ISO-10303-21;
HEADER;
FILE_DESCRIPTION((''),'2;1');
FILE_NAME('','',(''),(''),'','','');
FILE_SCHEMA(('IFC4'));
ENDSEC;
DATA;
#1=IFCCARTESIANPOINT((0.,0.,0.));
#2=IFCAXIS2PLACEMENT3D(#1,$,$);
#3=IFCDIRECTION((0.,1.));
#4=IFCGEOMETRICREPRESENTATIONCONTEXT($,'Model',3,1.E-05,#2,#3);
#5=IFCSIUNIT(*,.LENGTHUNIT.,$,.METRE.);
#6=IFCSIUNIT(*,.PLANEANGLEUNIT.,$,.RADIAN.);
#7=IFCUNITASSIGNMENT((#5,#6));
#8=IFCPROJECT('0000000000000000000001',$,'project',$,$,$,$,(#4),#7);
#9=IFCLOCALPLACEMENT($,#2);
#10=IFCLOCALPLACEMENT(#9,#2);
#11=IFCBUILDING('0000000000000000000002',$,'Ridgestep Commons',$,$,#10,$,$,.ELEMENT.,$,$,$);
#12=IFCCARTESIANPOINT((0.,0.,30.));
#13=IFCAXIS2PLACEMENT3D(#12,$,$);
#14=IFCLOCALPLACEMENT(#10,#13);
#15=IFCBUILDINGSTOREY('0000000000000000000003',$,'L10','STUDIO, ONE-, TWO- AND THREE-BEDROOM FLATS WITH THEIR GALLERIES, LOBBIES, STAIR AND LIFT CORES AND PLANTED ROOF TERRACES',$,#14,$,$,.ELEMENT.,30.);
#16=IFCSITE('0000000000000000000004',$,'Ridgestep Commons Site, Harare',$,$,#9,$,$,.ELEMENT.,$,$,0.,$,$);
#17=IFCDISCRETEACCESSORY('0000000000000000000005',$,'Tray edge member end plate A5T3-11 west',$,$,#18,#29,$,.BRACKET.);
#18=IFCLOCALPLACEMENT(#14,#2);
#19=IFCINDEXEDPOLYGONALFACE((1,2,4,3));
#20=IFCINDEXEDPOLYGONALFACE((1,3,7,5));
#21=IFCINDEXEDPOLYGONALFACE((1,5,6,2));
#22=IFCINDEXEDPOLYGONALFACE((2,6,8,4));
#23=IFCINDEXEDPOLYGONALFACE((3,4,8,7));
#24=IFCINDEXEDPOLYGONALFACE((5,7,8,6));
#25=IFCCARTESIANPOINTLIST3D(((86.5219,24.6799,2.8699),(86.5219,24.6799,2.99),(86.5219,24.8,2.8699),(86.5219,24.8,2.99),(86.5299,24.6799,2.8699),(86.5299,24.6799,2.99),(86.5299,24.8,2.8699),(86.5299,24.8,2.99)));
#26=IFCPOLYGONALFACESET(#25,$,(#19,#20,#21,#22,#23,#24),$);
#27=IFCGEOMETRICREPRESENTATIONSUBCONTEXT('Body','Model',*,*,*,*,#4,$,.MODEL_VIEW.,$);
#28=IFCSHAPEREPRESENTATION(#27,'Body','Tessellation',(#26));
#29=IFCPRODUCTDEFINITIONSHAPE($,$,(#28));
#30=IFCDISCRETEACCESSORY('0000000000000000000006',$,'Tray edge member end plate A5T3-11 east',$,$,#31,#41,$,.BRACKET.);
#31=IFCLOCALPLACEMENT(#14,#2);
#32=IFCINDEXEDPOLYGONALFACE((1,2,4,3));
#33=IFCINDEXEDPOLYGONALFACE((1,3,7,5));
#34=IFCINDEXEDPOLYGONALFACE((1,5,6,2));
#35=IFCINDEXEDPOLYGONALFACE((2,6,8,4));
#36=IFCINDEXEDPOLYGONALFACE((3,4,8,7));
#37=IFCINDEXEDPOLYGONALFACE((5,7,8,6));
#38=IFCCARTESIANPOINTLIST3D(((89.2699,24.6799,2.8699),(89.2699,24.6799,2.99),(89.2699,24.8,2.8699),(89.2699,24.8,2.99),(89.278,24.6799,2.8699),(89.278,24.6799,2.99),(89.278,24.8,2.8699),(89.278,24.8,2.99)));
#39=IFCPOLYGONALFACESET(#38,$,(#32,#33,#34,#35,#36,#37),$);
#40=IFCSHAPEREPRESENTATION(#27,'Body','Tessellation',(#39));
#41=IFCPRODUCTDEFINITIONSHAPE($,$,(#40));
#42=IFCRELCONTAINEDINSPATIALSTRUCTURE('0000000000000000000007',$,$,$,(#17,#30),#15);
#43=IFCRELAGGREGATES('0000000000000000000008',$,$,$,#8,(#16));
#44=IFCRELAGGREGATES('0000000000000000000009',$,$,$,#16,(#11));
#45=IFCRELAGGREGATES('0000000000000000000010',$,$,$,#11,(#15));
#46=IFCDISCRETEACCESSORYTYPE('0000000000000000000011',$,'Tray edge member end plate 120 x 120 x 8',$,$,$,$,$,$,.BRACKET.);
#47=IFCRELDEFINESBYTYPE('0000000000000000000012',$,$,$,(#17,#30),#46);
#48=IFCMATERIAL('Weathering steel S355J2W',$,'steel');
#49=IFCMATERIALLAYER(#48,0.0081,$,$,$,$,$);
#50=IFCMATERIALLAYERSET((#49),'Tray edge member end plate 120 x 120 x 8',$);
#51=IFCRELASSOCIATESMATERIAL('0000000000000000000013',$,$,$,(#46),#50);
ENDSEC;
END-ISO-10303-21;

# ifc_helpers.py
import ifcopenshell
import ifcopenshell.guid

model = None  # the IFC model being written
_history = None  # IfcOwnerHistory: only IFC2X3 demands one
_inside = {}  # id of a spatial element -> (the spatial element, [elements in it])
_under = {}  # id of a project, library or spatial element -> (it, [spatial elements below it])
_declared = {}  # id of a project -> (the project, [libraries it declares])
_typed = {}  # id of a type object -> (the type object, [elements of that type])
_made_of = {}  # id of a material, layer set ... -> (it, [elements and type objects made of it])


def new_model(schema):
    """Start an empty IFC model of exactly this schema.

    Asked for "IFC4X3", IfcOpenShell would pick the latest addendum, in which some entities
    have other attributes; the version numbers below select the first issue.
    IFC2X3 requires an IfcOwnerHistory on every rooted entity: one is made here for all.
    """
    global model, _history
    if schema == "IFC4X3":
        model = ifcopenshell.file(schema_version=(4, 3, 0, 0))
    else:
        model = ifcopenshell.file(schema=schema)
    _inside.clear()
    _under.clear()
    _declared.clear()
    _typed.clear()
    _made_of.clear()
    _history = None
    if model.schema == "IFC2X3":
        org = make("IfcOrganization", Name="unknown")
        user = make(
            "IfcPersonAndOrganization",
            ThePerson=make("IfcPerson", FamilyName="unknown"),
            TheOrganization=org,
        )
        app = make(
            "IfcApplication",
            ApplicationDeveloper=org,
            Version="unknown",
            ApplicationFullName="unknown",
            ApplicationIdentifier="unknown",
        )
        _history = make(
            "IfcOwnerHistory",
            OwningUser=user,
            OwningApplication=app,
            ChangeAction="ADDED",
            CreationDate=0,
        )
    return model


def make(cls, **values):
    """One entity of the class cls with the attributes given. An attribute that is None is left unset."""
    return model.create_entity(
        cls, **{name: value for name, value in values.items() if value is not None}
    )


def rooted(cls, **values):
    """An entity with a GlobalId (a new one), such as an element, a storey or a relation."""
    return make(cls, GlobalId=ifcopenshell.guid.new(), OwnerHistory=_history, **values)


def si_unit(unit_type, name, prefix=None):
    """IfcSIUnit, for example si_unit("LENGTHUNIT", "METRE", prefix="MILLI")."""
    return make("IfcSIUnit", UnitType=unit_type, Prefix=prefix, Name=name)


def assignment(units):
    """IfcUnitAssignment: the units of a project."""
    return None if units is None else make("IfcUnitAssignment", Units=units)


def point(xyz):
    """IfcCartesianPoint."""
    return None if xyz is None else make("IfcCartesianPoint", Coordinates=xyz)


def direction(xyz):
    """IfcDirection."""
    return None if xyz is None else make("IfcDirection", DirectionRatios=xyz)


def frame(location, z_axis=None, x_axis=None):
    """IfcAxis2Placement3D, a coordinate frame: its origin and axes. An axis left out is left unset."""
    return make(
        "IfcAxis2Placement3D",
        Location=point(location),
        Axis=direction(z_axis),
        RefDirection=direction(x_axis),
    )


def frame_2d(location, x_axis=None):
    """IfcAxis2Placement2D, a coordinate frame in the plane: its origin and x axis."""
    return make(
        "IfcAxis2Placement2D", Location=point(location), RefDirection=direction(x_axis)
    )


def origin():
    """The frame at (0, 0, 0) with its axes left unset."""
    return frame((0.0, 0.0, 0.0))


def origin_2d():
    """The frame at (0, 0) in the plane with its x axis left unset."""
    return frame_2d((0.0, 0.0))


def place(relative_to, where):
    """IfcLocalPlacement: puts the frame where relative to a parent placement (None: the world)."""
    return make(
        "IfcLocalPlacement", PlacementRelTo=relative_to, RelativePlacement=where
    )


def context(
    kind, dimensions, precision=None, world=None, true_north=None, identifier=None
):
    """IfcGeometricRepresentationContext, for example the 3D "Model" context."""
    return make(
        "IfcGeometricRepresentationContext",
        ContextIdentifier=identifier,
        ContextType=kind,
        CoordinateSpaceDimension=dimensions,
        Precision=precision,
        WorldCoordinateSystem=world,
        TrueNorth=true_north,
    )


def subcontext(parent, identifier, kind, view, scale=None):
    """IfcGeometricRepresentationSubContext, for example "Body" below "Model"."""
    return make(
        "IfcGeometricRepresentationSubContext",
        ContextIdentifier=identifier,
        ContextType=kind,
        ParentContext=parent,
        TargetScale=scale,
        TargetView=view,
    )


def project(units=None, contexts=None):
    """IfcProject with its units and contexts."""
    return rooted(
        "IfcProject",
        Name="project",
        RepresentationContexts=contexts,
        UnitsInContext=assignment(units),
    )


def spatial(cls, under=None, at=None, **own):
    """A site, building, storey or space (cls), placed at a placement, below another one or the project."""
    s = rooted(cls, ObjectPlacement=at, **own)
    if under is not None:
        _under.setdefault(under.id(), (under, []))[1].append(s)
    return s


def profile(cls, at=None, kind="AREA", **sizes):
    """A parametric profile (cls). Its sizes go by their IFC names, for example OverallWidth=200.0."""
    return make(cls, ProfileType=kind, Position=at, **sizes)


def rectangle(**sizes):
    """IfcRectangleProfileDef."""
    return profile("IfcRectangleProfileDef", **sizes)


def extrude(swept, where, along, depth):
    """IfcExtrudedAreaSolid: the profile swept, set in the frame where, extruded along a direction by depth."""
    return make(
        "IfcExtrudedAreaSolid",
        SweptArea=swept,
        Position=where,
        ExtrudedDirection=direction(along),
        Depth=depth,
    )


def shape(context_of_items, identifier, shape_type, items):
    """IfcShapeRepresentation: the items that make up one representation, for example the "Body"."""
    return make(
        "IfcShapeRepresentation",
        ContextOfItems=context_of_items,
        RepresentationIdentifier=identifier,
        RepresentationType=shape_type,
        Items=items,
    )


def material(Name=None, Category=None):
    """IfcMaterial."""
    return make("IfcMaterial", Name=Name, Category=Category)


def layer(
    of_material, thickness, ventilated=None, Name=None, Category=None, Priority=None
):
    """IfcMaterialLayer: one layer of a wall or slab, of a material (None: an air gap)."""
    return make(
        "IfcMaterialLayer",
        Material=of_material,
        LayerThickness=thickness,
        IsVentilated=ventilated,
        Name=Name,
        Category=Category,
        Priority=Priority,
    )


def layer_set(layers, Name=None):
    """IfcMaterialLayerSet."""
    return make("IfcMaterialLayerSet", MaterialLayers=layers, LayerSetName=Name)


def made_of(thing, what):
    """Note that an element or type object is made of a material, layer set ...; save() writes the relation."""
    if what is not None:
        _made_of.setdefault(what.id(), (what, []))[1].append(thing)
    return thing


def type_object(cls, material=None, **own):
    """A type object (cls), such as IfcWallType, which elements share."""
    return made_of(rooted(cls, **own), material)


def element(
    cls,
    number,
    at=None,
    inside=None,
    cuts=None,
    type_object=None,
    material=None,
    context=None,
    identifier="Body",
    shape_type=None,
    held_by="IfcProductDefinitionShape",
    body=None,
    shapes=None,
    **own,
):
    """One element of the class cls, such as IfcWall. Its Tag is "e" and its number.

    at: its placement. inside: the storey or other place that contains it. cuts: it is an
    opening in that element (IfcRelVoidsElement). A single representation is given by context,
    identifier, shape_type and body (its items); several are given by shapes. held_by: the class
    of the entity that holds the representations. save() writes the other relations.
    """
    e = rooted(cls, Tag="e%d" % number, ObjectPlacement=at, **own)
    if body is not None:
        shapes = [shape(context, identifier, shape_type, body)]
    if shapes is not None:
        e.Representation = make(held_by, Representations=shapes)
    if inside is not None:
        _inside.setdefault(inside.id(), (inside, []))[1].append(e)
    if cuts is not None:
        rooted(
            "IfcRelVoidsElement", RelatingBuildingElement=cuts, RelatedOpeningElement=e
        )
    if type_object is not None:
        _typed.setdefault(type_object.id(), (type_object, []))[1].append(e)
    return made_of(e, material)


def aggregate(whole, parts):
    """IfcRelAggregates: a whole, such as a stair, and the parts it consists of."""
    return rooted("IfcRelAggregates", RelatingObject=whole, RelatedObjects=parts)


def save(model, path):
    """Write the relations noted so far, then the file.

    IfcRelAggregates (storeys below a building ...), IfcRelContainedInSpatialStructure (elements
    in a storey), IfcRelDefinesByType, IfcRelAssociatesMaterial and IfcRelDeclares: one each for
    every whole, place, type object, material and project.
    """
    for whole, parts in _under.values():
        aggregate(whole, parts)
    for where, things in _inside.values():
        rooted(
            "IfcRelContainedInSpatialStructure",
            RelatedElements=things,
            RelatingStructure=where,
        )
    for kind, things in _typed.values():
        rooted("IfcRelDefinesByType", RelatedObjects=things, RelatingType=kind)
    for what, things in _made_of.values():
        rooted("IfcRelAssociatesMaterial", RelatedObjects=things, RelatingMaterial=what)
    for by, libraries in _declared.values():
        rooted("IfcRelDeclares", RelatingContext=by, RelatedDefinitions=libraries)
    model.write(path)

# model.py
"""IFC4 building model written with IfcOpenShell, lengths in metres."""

from ifc_helpers import new_model, si_unit, direction, frame, origin, origin_2d, place, context, subcontext, project, spatial, rectangle, extrude, material, layer, layer_set, type_object, element, save


model = new_model("IFC4")

# Units and contexts
model_context = context("Model", 3, precision=1e-05, world=origin(), true_north=direction((0.0, 1.0)))
body_context = subcontext(model_context, "Body", "Model", "MODEL_VIEW")
ifc_project = project(units=[si_unit("LENGTHUNIT", "METRE"), si_unit("PLANEANGLEUNIT", "RADIAN")], contexts=[model_context])

# Site, building, storey
site_placement = place(None, origin())
site = spatial("IfcSite", under=ifc_project, at=site_placement, Name="Ridgestep Commons Site, Harare", CompositionType="ELEMENT", RefElevation=0.0)
building_placement = place(site_placement, origin())
building = spatial("IfcBuilding", under=site, at=building_placement, Name="Ridgestep Commons", CompositionType="ELEMENT")
storey_placement = place(building_placement, frame((0.0, 0.0, 30.0)))
storey = spatial("IfcBuildingStorey", under=building, at=storey_placement, Name="L10", Description="STUDIO, ONE-, TWO- AND THREE-BEDROOM FLATS WITH THEIR GALLERIES, LOBBIES, STAIR AND LIFT CORES AND PLANTED ROOF TERRACES", CompositionType="ELEMENT", Elevation=30.0)

# Discrete accessories
ifc_material_1 = material(Name="Weathering steel S355J2W", Category="steel")
ifc_layer_1 = layer(ifc_material_1, 0.0081)
ifc_layer_set_1 = layer_set([ifc_layer_1], Name="Tray edge member end plate 120 x 120 x 8")
discrete_accessory_type_1 = type_object("IfcDiscreteAccessoryType", Name="Tray edge member end plate 120 x 120 x 8", PredefinedType="BRACKET", material=ifc_layer_set_1)
for number, where, z_axis, x_axis, name in (
    (1, (86.5259, 24.74, 2.8699), (0.0, 0.0, 1.0), (1.0, 0.0, 0.0), "Tray edge member end plate A5T3-11 west"),
    (2, (89.2739, 24.74, 2.8699), (0.0, 0.0, 1.0), (1.0, 0.0, 0.0), "Tray edge member end plate A5T3-11 east"),
):
    element("IfcDiscreteAccessory", number, at=place(storey_placement, frame(where, z_axis=z_axis, x_axis=x_axis)), inside=storey, type_object=discrete_accessory_type_1, Name=name, PredefinedType="BRACKET", context=body_context, shape_type="SweptSolid", body=[
        extrude(rectangle(XDim=0.0081, YDim=0.1201, at=origin_2d()), origin(), (0.0, 0.0, 1.0), 0.1201),
    ])

save(model, "model.ifc")
